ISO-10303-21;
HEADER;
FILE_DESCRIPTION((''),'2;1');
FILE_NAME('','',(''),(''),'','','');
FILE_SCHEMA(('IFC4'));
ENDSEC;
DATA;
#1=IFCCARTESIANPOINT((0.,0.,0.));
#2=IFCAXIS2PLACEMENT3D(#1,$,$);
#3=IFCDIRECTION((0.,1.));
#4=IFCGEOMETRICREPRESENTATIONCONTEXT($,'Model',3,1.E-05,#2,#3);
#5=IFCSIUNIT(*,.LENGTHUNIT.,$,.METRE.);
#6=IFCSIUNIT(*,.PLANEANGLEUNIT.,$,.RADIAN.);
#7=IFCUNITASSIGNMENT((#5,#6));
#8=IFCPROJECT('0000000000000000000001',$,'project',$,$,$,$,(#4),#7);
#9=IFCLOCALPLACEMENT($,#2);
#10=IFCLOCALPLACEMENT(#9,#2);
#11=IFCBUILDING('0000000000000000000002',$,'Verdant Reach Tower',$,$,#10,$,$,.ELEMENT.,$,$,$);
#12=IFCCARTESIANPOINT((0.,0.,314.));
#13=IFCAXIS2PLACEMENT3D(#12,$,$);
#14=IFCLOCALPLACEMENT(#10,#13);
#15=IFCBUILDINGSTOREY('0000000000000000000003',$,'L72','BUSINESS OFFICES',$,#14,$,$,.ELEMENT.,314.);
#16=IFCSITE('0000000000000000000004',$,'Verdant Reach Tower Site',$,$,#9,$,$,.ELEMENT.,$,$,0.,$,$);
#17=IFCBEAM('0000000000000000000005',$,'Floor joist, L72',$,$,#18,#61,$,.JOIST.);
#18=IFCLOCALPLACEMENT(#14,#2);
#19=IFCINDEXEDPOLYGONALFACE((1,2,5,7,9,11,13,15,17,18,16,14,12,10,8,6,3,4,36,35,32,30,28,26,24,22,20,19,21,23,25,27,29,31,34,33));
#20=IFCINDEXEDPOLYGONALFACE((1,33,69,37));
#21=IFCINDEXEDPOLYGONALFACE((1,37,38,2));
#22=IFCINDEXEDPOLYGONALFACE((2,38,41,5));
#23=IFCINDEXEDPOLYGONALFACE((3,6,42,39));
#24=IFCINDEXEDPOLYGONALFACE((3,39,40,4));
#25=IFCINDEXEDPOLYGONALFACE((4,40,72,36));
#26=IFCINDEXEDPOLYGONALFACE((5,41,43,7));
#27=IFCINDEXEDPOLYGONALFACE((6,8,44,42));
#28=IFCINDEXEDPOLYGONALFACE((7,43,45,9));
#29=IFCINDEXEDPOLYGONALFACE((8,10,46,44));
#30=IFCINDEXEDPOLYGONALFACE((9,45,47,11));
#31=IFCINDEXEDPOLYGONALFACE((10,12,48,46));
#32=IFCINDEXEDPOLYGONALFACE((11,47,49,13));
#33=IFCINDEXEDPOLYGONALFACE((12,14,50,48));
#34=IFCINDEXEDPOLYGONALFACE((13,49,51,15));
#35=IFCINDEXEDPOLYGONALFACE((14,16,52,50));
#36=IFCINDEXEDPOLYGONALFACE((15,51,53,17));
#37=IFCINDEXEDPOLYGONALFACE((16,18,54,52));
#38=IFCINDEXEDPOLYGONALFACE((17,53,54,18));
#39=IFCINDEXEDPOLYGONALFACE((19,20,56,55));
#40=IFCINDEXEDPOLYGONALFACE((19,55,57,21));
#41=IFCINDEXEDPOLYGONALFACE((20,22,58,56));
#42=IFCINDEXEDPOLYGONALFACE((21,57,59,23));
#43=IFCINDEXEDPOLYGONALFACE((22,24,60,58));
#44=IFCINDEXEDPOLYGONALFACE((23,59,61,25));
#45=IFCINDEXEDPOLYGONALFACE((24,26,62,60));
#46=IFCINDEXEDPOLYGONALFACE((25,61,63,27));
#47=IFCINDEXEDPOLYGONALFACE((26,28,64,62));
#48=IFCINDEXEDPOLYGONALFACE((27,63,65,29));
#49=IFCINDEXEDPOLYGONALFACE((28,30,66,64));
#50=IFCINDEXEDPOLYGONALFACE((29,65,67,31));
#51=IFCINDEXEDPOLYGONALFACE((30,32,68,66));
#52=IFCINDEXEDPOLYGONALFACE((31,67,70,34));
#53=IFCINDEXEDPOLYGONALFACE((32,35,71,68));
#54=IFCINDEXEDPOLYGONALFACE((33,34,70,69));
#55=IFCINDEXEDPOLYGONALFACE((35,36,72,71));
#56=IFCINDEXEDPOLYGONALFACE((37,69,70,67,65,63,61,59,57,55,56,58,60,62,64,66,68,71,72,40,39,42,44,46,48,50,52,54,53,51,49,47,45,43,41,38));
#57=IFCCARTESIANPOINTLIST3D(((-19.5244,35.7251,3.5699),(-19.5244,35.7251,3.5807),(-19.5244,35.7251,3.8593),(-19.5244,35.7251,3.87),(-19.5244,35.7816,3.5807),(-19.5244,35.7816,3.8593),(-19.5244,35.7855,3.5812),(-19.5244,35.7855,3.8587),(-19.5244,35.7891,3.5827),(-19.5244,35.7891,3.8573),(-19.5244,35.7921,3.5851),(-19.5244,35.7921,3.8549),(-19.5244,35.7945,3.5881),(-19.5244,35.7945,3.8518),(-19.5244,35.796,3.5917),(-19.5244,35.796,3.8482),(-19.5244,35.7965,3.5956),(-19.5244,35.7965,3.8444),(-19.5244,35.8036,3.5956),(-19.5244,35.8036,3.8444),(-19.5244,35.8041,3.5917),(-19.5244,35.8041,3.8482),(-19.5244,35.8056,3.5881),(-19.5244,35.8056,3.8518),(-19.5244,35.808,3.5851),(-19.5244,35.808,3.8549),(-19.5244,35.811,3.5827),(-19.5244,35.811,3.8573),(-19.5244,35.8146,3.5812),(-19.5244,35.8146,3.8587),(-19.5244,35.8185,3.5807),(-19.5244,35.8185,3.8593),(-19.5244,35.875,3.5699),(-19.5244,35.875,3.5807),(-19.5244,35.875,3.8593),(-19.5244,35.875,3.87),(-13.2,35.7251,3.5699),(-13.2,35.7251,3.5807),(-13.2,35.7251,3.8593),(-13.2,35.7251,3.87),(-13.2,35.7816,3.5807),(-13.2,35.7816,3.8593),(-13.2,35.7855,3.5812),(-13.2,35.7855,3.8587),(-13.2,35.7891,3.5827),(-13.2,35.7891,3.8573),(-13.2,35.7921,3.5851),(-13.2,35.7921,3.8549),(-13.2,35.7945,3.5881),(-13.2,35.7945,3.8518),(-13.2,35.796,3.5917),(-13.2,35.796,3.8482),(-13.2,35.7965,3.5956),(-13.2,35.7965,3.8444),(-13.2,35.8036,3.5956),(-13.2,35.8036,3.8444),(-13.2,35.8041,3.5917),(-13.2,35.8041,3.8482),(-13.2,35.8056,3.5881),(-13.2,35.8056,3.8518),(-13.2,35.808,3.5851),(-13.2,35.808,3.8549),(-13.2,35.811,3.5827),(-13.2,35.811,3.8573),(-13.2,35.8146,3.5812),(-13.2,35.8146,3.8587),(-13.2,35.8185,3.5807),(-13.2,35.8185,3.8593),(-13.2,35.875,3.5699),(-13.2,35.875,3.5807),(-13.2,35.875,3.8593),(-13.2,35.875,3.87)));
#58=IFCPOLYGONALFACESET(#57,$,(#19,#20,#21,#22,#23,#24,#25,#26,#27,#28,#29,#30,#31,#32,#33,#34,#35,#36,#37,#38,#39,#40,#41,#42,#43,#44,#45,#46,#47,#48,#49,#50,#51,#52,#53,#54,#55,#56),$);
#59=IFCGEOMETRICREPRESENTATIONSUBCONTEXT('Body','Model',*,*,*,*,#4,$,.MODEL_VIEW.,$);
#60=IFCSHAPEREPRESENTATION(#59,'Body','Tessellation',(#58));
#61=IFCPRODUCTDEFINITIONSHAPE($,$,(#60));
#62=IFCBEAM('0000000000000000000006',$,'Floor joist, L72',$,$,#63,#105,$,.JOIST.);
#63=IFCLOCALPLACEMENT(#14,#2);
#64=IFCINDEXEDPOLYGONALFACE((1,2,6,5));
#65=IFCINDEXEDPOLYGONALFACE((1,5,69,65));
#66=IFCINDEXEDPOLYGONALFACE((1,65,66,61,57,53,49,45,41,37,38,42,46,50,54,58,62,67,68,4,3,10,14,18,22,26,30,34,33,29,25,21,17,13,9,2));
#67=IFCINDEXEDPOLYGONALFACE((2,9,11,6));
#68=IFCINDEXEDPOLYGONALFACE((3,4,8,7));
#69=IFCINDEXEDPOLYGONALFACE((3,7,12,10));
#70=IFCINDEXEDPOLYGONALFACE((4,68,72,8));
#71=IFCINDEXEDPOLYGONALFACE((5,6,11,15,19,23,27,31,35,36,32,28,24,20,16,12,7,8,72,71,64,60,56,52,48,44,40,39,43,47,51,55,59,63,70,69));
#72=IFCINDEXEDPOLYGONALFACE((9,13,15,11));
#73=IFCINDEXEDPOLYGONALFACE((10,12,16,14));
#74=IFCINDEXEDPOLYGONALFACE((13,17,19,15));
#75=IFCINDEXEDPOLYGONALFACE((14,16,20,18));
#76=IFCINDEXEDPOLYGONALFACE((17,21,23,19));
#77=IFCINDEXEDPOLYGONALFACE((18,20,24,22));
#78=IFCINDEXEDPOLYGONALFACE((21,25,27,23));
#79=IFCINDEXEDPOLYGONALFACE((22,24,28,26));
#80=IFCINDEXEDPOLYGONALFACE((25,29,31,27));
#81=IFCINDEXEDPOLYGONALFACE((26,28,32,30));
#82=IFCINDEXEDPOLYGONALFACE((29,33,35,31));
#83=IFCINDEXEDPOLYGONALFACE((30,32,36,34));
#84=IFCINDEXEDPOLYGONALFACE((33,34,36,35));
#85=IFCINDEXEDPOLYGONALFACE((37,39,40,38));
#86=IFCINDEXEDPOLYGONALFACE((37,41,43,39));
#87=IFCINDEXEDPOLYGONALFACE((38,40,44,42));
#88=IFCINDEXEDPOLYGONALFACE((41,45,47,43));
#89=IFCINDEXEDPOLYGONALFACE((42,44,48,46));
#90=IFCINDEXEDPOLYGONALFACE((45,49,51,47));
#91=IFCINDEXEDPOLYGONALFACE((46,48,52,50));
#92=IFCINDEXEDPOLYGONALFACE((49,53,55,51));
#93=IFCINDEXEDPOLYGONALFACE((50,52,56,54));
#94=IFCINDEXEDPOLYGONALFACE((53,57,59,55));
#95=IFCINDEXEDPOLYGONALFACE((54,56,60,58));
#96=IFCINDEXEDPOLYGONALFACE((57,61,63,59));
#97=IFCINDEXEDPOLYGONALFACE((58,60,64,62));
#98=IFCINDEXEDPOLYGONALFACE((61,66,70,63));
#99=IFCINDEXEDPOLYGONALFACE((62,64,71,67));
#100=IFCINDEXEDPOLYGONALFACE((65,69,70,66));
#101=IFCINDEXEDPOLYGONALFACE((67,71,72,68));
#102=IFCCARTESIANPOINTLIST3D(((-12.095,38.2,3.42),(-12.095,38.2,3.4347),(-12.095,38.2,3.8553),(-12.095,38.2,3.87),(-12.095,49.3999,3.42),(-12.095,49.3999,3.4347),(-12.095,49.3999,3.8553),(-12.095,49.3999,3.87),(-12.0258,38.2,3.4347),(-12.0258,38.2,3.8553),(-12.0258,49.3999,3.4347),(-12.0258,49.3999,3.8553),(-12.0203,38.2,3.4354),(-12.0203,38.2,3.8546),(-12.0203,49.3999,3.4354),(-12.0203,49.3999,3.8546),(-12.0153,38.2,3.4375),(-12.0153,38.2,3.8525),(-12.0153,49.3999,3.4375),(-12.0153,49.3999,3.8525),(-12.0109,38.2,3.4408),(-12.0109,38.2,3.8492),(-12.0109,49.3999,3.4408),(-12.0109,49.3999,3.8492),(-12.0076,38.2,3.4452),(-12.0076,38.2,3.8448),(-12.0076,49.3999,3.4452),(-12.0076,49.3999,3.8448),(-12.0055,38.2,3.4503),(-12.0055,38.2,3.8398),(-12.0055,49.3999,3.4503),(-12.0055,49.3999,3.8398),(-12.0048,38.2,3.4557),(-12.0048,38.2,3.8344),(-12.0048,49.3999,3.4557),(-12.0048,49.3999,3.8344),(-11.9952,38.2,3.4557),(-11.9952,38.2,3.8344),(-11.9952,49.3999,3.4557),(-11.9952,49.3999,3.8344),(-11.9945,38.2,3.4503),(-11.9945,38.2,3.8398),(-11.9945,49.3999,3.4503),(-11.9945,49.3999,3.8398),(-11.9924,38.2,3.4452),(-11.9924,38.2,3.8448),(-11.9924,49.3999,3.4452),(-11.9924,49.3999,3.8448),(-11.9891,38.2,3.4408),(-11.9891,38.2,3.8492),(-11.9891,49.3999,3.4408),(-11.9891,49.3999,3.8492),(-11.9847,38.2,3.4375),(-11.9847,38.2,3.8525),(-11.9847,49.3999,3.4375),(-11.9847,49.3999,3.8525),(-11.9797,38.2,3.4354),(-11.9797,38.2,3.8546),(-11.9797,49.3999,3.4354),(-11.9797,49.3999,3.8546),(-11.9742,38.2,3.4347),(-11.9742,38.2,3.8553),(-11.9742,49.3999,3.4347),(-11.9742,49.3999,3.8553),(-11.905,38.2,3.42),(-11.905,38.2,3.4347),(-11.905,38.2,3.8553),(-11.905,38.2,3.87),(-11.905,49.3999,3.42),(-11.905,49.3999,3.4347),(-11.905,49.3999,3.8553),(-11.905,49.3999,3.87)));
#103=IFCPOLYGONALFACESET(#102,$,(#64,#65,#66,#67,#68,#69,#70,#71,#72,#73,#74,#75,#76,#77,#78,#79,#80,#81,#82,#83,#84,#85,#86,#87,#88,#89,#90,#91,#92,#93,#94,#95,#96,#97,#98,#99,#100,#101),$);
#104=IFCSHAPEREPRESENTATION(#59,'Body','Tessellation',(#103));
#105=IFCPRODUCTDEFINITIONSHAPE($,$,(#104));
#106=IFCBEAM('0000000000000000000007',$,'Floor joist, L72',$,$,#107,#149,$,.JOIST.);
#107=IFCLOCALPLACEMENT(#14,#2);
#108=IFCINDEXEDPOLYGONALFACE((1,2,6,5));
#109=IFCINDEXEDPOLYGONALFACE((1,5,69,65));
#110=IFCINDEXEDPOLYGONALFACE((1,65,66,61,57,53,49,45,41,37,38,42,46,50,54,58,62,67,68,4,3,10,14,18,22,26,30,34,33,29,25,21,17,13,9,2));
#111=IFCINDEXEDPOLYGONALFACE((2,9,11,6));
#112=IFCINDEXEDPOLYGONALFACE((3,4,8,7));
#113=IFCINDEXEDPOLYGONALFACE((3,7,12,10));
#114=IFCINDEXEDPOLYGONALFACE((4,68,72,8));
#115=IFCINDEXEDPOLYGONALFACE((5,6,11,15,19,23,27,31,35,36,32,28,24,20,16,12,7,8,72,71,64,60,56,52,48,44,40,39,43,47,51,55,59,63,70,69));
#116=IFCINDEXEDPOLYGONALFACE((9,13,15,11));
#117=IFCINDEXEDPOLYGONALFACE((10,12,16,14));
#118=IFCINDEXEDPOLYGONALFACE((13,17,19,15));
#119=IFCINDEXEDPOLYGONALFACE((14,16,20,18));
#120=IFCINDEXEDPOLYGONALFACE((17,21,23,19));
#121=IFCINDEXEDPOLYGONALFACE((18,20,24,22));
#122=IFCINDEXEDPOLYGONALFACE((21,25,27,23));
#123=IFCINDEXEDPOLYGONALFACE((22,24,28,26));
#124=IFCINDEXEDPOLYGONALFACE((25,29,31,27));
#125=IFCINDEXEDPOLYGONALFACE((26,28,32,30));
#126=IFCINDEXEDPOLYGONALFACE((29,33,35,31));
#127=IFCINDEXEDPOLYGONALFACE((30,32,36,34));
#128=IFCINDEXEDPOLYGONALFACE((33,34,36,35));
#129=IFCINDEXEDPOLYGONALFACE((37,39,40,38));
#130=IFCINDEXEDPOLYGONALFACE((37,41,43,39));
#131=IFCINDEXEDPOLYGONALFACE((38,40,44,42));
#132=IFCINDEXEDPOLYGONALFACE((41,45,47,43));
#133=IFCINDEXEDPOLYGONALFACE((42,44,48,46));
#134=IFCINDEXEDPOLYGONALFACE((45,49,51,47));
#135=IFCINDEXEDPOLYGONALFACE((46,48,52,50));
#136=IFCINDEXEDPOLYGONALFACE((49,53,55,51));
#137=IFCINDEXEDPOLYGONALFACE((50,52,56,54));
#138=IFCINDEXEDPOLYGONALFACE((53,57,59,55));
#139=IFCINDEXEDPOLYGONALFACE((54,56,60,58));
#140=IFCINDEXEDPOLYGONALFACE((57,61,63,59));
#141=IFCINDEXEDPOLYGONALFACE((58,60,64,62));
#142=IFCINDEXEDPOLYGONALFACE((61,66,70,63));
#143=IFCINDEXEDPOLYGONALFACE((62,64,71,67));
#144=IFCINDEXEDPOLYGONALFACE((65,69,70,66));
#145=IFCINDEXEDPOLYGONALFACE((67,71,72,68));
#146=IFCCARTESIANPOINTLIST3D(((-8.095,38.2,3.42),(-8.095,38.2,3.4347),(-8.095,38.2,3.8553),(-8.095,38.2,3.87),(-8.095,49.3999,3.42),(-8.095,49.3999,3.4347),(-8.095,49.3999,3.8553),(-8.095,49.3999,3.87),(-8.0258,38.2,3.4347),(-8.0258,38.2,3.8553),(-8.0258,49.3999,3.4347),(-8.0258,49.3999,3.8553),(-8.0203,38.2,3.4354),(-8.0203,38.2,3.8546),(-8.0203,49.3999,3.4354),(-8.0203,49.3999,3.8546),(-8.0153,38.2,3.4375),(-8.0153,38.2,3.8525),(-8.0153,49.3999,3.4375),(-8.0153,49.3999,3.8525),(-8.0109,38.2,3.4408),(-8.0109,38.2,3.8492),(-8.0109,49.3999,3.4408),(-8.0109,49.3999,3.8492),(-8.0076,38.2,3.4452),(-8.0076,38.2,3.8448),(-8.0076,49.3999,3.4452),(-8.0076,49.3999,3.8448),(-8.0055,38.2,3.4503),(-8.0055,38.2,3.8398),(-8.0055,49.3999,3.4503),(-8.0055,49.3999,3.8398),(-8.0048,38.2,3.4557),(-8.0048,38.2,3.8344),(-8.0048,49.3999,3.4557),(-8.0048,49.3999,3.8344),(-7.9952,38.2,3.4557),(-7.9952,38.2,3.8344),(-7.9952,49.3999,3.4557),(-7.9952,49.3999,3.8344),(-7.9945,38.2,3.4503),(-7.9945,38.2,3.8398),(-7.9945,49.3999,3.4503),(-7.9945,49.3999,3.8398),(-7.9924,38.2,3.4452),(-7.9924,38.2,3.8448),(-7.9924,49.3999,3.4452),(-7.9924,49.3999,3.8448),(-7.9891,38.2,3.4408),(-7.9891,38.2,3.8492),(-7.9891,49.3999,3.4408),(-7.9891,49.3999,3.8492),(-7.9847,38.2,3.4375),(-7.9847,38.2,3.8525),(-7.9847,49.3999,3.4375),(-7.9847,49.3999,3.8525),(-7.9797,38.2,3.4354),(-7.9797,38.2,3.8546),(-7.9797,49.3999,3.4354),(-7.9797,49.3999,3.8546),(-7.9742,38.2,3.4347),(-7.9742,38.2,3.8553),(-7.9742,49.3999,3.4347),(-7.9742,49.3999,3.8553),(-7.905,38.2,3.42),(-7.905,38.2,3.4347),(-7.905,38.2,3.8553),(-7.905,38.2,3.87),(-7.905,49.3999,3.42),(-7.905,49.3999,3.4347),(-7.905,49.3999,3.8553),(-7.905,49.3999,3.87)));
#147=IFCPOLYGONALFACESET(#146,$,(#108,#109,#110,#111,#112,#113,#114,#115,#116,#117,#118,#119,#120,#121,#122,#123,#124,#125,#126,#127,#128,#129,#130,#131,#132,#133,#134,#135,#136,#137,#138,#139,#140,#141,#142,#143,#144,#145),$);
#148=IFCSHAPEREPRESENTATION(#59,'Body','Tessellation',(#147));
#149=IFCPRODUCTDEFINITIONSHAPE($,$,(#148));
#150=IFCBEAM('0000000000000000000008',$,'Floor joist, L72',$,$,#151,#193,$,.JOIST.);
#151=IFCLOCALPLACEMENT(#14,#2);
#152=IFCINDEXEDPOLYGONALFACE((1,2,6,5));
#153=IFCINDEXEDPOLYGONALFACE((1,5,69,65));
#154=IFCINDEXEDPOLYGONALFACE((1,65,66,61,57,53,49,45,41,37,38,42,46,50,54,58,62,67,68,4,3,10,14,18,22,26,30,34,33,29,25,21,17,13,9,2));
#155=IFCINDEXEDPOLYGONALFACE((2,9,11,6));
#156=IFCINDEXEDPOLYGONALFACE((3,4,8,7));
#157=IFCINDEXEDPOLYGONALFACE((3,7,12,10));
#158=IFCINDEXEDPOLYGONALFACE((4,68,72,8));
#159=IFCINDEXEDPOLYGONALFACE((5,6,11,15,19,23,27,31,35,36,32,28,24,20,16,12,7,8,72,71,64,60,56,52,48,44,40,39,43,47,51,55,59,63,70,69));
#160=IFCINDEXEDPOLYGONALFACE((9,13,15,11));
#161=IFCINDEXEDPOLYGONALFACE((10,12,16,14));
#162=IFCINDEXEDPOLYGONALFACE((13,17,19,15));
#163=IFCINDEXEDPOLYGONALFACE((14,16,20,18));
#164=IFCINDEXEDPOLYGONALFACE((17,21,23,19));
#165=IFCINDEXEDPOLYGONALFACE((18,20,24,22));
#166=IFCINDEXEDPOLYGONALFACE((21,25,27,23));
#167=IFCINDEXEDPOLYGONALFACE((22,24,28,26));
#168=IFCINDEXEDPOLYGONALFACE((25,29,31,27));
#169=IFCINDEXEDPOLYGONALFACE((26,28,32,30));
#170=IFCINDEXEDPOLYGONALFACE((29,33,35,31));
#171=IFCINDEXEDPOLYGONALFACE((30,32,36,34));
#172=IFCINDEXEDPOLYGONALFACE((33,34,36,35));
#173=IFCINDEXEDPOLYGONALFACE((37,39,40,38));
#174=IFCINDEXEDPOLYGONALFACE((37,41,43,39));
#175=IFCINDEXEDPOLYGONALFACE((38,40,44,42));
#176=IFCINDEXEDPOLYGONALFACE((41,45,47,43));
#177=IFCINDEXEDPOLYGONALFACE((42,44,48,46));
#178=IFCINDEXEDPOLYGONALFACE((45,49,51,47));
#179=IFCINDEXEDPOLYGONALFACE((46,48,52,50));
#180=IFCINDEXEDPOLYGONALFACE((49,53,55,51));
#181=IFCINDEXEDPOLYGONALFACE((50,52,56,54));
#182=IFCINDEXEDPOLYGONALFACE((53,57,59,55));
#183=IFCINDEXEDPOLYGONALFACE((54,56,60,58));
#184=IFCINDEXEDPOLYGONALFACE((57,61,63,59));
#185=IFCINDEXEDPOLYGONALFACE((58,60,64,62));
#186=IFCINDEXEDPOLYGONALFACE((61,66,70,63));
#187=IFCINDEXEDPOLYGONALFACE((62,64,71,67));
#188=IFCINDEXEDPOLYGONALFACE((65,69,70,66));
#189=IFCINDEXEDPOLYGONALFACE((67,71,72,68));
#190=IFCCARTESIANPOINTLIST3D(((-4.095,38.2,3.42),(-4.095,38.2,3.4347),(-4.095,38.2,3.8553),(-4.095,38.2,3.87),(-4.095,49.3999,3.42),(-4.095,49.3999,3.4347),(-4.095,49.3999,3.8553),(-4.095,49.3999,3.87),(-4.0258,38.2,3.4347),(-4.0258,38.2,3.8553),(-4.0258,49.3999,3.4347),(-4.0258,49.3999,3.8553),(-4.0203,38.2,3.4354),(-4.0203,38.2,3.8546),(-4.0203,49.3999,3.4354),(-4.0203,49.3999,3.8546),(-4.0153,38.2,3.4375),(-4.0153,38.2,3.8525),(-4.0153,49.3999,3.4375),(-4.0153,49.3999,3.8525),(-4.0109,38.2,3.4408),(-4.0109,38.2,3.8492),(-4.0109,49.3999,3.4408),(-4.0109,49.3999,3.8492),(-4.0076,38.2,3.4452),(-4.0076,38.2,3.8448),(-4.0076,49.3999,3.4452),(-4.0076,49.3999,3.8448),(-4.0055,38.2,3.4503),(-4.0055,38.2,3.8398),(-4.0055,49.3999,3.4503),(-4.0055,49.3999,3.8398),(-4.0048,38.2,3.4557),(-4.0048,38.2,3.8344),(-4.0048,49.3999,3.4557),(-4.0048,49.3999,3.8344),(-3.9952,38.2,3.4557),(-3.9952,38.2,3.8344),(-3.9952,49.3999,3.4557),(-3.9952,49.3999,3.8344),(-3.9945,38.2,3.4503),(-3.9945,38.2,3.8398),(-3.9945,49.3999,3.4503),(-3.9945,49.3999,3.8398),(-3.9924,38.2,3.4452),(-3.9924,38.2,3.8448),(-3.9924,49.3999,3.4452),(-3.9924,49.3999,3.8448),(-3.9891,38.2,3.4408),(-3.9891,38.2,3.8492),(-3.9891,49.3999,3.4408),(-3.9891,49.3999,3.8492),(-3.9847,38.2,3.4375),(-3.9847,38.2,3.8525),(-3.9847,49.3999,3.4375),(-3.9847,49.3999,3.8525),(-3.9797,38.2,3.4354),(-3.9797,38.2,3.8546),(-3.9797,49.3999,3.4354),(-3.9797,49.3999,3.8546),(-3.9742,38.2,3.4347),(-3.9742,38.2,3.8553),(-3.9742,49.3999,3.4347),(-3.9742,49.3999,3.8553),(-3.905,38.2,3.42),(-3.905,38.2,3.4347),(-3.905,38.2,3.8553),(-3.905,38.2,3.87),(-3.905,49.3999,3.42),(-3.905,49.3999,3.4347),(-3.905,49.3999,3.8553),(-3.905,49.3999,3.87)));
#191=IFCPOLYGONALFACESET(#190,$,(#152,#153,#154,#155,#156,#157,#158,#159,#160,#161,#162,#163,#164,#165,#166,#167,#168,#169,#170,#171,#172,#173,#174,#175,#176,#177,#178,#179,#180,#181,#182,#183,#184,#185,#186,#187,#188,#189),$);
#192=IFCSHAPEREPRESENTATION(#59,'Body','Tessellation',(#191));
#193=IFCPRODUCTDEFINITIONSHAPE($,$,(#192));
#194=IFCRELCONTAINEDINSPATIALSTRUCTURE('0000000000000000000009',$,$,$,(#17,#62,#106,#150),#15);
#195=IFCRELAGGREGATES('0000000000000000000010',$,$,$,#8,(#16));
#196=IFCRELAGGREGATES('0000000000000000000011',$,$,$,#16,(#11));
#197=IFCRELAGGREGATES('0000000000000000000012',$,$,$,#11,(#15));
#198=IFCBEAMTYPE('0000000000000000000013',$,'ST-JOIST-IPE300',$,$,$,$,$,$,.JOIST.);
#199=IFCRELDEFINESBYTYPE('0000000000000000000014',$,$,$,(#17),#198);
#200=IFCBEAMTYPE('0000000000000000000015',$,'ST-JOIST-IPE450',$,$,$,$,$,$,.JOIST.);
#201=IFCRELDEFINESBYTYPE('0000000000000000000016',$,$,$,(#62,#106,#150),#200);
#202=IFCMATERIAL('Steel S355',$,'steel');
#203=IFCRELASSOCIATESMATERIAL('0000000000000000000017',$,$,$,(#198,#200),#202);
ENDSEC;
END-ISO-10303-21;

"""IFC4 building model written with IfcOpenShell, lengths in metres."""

from ifc_helpers import new_model, si_unit, direction, frame, origin, origin_2d, place, context, subcontext, project, spatial, i_section, extrude, material, material_profile, profile_set, type_object, element, save


model = new_model("IFC4")

# Units and contexts
model_context = context("Model", 3, precision=1e-05, world=origin(), true_north=direction((0.0, 1.0)))
body_context = subcontext(model_context, "Body", "Model", "MODEL_VIEW")
ifc_project = project(units=[si_unit("LENGTHUNIT", "METRE"), si_unit("PLANEANGLEUNIT", "RADIAN")], contexts=[model_context])

# Site, building, storey
site_placement = place(None, origin())
site = spatial("IfcSite", under=ifc_project, at=site_placement, Name="Verdant Reach Tower Site", CompositionType="ELEMENT", RefElevation=0.0)
building_placement = place(site_placement, origin())
building = spatial("IfcBuilding", under=site, at=building_placement, Name="Verdant Reach Tower", CompositionType="ELEMENT")
storey_placement = place(building_placement, frame((0.0, 0.0, 314.0)))
storey = spatial("IfcBuildingStorey", under=building, at=storey_placement, Name="L72", Description="BUSINESS OFFICES", CompositionType="ELEMENT", Elevation=314.0)

# Beams
ifc_material_1 = material(Name="Steel S355", Category="steel")
ifc_material_profile_1 = material_profile(ifc_material_1, i_section(OverallWidth=0.1499, OverallDepth=0.3, WebThickness=0.0071, FlangeThickness=0.0107, FilletRadius=0.0149, at=origin_2d()), Name="IPE 300")
ifc_profile_set_1 = profile_set([ifc_material_profile_1], Name="Steel S355")
beam_type_1 = type_object("IfcBeamType", Name="ST-JOIST-IPE300", PredefinedType="JOIST", material=ifc_profile_set_1)
beam_1_placement = place(storey_placement, frame((-13.2, 35.8, 3.72), z_axis=(-1.0, 0.0, 0.0), x_axis=(0.0, -1.0, 0.0)))
element("IfcBeam", 1, at=beam_1_placement, inside=storey, type_object=beam_type_1, Name="Floor joist, L72", PredefinedType="JOIST", context=body_context, shape_type="SweptSolid", body=[
    extrude(i_section(OverallWidth=0.1499, OverallDepth=0.3, WebThickness=0.0071, FlangeThickness=0.0107, FilletRadius=0.0149, at=origin_2d()), origin(), (0.0, 0.0, 1.0), 6.3245),
])
ifc_material_profile_2 = material_profile(ifc_material_1, i_section(OverallWidth=0.1899, OverallDepth=0.45, WebThickness=0.0095, FlangeThickness=0.0146, FilletRadius=0.021, at=origin_2d()), Name="IPE 450")
ifc_profile_set_2 = profile_set([ifc_material_profile_2], Name="Steel S355")
beam_type_2 = type_object("IfcBeamType", Name="ST-JOIST-IPE450", PredefinedType="JOIST", material=ifc_profile_set_2)
for number, where, z_axis, x_axis, name in (
    (2, (-12.0, 38.2, 3.645), (0.0, 1.0, 0.0), (-1.0, 0.0, 0.0), "Floor joist, L72"),
    (3, (-8.0, 38.2, 3.645), (0.0, 1.0, 0.0), (-1.0, 0.0, 0.0), "Floor joist, L72"),
    (4, (-4.0, 38.2, 3.645), (0.0, 1.0, 0.0), (-1.0, 0.0, 0.0), "Floor joist, L72"),
):
    element("IfcBeam", number, at=place(storey_placement, frame(where, z_axis=z_axis, x_axis=x_axis)), inside=storey, type_object=beam_type_2, Name=name, PredefinedType="JOIST", context=body_context, shape_type="SweptSolid", body=[
        extrude(i_section(OverallWidth=0.1899, OverallDepth=0.45, WebThickness=0.0095, FlangeThickness=0.0146, FilletRadius=0.021, at=origin_2d()), origin(), (0.0, 0.0, 1.0), 11.2),
    ])

save(model, "model.ifc")
